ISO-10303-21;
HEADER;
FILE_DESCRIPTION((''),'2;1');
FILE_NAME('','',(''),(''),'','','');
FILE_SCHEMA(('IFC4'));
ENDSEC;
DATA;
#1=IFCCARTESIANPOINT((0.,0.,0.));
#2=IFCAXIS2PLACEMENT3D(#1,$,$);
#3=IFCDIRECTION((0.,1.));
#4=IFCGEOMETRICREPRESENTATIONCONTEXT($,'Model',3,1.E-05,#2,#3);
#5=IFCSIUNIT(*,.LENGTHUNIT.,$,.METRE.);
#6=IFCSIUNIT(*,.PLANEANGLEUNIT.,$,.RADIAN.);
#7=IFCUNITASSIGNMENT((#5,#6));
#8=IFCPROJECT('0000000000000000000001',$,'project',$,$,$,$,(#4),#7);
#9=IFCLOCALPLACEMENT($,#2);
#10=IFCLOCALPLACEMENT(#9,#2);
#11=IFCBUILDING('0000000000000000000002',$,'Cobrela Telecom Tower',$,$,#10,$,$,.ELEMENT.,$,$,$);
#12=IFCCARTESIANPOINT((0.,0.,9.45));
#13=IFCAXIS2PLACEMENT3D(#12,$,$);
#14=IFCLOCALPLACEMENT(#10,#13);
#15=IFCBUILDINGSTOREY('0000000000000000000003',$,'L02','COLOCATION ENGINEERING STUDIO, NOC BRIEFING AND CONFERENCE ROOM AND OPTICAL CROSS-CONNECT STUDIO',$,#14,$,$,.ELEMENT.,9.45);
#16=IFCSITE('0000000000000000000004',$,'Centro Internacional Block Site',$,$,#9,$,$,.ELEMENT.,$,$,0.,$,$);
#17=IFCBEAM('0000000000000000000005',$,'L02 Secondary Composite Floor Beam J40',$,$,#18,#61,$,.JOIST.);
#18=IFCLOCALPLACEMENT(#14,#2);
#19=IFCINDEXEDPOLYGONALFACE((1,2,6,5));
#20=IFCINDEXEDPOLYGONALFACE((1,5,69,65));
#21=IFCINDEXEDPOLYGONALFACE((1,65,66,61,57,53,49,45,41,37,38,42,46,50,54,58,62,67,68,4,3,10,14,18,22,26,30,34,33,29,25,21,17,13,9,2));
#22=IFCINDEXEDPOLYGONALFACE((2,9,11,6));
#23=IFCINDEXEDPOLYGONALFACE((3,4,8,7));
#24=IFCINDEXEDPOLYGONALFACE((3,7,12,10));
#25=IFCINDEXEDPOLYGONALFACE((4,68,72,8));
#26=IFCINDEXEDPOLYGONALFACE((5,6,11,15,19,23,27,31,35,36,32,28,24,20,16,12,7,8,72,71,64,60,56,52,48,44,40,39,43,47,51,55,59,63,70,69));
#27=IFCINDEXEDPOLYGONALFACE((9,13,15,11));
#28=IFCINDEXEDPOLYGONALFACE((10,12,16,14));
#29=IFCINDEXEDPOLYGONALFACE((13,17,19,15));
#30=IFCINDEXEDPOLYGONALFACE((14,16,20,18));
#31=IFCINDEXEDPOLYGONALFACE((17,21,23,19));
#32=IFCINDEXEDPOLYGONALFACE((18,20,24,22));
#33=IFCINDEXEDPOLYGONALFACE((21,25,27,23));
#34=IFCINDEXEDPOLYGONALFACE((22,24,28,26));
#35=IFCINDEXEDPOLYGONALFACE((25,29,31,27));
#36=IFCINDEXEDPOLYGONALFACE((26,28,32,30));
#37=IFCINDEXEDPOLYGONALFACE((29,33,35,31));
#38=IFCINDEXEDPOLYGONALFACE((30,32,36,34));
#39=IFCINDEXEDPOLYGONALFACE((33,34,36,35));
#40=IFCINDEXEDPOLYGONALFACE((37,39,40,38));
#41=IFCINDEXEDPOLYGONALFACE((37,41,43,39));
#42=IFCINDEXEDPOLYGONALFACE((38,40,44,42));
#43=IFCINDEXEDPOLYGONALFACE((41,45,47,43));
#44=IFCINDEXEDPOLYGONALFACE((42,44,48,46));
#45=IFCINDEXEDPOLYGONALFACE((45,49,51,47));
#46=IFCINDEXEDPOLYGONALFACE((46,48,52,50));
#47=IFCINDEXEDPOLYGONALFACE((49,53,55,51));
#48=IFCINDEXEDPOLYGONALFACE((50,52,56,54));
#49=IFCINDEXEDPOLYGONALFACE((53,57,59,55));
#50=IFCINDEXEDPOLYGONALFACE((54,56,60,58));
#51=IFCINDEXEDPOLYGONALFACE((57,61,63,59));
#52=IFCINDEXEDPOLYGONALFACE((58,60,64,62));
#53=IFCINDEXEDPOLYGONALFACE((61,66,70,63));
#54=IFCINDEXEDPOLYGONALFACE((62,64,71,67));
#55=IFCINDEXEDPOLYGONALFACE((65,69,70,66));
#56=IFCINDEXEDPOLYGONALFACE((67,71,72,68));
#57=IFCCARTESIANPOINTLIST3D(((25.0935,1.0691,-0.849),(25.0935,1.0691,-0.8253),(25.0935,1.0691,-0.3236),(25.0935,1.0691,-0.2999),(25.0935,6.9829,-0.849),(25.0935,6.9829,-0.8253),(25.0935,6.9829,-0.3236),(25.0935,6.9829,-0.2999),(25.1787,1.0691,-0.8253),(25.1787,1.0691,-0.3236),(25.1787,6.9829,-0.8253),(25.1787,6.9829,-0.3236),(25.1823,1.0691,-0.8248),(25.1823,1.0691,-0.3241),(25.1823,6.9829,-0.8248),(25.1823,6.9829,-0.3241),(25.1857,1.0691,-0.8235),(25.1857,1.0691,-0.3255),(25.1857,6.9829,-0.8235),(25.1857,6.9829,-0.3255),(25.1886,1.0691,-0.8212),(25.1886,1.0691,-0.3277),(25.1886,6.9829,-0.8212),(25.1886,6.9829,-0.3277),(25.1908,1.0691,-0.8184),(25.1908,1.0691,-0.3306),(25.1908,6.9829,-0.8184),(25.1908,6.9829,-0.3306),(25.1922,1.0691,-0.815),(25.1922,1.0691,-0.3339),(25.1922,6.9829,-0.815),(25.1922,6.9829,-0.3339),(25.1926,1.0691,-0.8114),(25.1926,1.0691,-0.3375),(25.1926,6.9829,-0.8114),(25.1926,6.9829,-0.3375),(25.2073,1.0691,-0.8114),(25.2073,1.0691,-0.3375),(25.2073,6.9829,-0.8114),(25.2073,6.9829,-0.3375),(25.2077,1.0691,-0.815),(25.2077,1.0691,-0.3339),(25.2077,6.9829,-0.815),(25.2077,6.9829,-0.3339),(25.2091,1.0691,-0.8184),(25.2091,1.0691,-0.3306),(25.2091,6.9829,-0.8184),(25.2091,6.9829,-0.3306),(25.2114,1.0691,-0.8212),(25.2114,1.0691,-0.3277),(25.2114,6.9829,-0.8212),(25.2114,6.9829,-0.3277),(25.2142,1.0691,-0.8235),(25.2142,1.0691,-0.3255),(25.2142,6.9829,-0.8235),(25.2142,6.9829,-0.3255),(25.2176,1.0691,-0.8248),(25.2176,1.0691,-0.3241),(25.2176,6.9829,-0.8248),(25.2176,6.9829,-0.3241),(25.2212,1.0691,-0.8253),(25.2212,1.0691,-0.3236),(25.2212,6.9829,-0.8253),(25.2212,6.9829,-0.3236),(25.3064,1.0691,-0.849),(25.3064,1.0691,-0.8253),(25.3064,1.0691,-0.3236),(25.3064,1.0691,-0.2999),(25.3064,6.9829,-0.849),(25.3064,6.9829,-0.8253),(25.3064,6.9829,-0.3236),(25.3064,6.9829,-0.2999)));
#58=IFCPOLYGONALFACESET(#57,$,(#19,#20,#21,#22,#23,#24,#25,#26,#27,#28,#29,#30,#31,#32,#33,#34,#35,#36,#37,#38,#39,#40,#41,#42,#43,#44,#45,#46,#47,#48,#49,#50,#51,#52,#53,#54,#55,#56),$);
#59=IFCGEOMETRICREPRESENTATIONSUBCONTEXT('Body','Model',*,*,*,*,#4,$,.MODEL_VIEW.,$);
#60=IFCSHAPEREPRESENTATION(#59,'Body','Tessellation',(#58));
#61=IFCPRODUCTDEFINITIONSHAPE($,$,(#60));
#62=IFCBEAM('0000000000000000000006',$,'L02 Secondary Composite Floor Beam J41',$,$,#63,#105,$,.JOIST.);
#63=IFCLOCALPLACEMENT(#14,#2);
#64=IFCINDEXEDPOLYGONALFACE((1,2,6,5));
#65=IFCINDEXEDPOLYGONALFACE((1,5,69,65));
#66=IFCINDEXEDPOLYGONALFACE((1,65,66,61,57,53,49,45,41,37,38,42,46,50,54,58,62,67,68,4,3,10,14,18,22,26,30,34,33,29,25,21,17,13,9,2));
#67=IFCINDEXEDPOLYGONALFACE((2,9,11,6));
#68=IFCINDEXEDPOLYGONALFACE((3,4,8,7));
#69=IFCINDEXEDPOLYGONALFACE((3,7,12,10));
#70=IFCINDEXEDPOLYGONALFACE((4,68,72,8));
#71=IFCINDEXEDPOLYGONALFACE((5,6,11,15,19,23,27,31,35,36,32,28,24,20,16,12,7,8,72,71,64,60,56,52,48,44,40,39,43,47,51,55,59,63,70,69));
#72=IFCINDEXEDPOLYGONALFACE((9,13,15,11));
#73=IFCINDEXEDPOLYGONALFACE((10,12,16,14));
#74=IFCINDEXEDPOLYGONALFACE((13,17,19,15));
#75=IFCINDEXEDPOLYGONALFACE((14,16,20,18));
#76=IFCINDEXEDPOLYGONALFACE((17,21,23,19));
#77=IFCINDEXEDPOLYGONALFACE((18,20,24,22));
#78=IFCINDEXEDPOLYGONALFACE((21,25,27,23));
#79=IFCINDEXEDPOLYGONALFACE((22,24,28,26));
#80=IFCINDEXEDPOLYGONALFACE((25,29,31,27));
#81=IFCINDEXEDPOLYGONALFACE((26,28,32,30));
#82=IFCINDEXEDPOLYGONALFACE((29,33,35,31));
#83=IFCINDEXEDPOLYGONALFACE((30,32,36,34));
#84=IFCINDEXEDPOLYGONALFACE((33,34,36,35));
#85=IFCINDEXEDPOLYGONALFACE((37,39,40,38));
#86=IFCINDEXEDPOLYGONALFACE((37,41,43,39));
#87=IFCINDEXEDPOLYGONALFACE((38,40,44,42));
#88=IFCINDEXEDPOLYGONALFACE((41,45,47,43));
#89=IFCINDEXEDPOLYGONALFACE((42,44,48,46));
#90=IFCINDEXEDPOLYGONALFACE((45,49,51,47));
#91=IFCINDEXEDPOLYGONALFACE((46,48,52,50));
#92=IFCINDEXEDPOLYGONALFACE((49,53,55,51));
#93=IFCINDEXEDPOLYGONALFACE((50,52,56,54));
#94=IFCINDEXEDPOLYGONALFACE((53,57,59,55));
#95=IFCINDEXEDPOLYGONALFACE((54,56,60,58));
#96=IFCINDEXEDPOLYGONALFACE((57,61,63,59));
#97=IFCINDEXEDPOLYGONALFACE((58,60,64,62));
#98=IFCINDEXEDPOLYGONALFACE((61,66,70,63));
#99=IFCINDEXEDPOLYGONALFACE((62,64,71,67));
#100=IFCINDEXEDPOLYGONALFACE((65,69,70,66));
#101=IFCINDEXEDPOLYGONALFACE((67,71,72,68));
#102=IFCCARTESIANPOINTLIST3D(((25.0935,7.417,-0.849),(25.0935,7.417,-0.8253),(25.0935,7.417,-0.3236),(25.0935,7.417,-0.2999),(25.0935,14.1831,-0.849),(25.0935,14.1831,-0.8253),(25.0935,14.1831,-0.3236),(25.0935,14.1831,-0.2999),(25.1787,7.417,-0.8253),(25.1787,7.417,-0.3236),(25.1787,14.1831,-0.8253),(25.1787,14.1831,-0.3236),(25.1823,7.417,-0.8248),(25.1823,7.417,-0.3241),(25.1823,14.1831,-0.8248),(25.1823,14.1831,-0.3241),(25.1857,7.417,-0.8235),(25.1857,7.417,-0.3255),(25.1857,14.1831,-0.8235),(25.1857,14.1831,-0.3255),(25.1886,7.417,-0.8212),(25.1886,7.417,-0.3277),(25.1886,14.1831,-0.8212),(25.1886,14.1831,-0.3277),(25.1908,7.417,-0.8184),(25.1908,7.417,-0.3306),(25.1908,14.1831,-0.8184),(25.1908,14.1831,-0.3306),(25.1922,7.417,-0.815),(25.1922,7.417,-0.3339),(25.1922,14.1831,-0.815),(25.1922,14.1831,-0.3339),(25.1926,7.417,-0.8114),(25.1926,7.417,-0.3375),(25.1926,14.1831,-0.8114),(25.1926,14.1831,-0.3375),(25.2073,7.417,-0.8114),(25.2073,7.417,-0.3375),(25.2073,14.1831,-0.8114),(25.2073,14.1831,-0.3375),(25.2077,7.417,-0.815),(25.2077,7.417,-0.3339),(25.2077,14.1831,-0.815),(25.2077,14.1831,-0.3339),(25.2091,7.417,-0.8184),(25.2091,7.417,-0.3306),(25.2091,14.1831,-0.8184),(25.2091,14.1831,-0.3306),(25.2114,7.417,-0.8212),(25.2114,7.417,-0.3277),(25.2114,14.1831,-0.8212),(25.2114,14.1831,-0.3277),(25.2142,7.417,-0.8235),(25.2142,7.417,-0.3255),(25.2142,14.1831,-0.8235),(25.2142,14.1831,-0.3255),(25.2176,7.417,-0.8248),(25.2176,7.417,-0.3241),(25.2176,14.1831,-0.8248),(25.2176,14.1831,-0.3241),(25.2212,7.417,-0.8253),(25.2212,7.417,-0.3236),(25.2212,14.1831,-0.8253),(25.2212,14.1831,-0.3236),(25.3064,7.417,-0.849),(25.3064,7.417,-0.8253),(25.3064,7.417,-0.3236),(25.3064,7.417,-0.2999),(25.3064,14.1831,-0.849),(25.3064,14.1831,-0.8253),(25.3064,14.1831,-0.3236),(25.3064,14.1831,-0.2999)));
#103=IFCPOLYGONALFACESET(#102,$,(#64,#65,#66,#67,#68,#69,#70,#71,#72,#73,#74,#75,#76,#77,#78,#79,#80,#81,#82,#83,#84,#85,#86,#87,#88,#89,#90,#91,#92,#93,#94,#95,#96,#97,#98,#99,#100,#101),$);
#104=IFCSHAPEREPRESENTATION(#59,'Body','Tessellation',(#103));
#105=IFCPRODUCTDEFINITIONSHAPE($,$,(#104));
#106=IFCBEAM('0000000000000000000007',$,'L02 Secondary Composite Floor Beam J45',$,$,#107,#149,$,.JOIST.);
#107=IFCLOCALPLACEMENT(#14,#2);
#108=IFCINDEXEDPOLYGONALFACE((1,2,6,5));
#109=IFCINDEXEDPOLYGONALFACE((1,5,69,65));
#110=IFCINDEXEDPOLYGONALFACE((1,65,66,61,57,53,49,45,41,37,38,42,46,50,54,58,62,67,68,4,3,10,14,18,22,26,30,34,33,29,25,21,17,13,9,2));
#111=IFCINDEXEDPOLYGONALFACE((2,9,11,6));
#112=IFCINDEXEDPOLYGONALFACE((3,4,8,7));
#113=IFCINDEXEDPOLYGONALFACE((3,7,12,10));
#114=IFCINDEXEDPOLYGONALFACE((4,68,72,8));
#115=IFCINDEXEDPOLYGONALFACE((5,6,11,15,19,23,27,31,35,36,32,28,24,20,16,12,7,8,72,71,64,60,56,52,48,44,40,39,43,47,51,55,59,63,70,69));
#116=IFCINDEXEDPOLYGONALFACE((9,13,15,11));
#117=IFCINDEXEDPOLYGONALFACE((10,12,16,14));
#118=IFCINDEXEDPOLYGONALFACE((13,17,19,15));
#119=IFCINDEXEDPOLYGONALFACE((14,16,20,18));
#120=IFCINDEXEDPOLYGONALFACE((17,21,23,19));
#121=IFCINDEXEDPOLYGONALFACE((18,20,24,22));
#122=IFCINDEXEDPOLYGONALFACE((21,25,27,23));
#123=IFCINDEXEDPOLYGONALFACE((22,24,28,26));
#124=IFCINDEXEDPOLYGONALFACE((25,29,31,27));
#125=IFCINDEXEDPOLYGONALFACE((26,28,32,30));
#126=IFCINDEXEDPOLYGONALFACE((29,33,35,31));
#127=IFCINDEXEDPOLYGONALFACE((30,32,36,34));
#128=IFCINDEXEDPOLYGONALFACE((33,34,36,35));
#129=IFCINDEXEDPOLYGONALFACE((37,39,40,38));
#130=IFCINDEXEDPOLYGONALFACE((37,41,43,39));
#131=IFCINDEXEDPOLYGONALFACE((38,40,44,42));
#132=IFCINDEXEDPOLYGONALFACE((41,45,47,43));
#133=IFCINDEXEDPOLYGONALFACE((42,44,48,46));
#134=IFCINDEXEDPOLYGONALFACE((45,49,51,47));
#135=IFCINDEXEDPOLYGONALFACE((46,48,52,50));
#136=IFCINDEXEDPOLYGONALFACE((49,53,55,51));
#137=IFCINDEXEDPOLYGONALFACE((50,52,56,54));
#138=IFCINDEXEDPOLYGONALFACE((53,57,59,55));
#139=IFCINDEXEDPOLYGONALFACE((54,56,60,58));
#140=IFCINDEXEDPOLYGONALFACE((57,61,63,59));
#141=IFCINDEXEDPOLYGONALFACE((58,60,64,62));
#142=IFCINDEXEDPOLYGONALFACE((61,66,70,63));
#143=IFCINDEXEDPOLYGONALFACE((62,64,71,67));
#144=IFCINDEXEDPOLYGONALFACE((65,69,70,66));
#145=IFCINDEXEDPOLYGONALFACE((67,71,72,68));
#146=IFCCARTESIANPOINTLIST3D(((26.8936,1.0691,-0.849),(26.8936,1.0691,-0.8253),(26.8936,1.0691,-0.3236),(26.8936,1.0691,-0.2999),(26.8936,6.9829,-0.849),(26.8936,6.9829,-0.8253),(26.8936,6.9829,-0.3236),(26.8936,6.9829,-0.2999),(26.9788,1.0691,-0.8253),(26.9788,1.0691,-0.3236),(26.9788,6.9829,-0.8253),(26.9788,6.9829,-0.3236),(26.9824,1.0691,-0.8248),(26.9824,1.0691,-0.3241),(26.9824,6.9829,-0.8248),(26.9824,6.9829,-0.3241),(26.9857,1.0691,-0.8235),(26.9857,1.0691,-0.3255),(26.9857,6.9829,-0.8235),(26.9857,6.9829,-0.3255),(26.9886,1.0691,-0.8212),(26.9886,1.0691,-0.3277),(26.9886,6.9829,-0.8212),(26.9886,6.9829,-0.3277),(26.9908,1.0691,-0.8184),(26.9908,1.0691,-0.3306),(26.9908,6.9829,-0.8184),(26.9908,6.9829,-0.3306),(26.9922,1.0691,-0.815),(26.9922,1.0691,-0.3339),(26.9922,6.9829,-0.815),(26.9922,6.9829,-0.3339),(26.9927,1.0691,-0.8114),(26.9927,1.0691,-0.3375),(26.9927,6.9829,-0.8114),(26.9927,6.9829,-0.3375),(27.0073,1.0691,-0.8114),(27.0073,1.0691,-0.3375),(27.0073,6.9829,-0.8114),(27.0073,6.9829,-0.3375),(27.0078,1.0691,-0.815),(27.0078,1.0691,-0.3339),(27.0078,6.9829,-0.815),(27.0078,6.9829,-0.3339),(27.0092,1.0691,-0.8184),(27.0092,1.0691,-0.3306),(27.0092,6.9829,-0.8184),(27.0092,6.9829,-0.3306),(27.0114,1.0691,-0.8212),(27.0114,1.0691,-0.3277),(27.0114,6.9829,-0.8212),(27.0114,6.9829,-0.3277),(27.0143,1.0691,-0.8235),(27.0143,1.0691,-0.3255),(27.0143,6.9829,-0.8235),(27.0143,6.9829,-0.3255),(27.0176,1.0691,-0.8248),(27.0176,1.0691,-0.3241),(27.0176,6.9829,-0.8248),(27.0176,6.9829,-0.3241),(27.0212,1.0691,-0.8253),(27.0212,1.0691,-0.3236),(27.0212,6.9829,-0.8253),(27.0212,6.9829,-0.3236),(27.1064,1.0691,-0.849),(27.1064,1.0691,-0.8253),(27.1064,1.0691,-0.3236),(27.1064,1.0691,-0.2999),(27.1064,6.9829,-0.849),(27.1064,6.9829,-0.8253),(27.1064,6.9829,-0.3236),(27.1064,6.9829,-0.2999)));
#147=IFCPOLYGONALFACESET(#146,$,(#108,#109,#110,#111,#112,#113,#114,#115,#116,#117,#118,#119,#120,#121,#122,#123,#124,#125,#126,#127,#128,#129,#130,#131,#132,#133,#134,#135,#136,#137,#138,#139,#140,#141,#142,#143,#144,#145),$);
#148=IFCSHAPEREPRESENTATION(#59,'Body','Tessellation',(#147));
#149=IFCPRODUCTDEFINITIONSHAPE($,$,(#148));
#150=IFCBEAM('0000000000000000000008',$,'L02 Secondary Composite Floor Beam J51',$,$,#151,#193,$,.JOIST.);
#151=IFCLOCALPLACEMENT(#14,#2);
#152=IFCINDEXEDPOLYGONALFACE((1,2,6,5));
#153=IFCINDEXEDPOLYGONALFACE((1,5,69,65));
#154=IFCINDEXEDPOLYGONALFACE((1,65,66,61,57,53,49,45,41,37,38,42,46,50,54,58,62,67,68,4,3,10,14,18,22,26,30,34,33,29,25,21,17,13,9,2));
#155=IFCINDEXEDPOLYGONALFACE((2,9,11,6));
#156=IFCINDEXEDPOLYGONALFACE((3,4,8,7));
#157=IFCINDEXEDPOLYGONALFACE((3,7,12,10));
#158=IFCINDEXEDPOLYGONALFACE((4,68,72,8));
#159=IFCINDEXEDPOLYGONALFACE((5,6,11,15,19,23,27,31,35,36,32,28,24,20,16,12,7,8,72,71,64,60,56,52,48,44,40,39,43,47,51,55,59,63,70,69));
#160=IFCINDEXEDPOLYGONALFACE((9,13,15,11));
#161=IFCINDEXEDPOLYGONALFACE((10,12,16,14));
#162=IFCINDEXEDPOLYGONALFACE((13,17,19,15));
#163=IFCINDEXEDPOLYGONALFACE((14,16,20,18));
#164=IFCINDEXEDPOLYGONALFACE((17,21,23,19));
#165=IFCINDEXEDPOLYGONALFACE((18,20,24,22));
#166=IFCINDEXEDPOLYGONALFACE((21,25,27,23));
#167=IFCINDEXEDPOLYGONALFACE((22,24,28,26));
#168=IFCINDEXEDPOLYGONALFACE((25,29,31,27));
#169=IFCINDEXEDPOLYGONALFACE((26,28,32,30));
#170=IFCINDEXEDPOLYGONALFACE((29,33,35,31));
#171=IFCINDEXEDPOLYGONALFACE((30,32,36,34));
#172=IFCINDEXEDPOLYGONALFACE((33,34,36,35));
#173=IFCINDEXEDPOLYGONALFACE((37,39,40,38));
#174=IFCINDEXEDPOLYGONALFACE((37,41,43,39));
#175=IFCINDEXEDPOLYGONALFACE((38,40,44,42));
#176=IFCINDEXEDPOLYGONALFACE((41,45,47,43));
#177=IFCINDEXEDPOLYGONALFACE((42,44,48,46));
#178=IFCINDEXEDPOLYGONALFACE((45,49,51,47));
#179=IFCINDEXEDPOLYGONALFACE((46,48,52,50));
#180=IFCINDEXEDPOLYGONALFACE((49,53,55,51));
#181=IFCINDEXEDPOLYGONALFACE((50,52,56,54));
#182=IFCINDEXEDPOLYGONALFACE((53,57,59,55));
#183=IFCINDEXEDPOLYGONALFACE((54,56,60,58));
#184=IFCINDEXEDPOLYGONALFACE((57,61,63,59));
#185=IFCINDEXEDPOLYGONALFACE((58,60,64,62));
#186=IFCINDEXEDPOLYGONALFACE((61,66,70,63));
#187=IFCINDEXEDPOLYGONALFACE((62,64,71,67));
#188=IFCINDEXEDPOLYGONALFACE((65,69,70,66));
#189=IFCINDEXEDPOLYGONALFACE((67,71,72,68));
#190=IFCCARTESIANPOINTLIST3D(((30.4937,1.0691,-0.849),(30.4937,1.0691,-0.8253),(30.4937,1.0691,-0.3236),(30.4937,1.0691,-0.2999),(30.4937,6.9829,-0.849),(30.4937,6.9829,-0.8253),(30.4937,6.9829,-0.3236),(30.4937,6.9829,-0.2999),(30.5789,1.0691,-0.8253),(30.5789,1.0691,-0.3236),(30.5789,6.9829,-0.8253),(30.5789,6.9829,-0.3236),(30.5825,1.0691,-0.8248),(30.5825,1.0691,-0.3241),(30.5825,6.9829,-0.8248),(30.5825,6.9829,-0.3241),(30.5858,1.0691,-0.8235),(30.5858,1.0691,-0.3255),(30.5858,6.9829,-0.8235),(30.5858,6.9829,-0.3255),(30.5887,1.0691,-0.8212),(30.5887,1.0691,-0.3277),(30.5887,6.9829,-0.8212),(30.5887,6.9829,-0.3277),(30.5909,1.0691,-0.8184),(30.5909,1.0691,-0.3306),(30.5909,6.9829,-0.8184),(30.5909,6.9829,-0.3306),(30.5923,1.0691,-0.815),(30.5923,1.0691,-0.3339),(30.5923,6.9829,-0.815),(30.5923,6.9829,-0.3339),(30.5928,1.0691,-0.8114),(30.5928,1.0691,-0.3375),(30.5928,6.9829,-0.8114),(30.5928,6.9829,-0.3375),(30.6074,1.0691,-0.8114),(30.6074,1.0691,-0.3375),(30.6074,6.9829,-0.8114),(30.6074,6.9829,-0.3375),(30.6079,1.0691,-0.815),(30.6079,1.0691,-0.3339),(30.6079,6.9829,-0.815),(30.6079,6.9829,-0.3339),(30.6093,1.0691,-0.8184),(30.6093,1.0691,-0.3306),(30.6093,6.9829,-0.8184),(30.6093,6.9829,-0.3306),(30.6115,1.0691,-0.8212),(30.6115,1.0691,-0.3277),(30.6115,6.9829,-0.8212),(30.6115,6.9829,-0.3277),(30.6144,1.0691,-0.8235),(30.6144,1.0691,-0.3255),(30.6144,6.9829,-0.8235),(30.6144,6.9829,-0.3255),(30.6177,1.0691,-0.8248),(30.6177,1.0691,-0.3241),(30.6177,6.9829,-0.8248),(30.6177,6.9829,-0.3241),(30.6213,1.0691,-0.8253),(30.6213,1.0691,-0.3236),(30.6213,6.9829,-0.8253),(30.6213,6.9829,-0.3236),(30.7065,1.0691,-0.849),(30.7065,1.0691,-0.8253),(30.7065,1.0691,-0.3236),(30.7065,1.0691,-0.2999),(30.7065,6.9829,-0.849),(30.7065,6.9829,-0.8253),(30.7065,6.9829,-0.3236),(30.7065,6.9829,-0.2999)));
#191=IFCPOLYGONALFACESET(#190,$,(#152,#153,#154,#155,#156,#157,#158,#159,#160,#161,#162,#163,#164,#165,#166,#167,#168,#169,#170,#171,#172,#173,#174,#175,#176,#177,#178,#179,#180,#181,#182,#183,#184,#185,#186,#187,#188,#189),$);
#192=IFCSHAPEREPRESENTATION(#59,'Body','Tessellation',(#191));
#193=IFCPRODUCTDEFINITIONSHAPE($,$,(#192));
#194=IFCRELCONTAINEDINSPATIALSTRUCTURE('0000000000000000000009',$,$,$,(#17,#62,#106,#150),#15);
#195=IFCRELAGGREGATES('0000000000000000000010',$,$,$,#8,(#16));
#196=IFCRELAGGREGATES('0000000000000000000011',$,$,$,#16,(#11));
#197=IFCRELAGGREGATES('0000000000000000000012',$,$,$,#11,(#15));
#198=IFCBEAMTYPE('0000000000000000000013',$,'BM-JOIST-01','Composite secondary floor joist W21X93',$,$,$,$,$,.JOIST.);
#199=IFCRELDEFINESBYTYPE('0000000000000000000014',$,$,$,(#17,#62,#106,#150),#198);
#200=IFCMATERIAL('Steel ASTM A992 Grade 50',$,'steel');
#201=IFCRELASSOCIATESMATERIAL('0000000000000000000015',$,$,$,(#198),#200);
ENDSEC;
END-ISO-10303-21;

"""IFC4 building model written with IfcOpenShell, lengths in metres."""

from ifc_helpers import new_model, si_unit, direction, frame, origin, origin_2d, place, context, subcontext, project, spatial, i_section, extrude, material, material_profile, profile_set, type_object, element, save


model = new_model("IFC4")

# Units and contexts
model_context = context("Model", 3, precision=1e-05, world=origin(), true_north=direction((0.0, 1.0)))
body_context = subcontext(model_context, "Body", "Model", "MODEL_VIEW")
ifc_project = project(units=[si_unit("LENGTHUNIT", "METRE"), si_unit("PLANEANGLEUNIT", "RADIAN")], contexts=[model_context])

# Site, building, storey
site_placement = place(None, origin())
site = spatial("IfcSite", under=ifc_project, at=site_placement, Name="Centro Internacional Block Site", CompositionType="ELEMENT", RefElevation=0.0)
building_placement = place(site_placement, origin())
building = spatial("IfcBuilding", under=site, at=building_placement, Name="Cobrela Telecom Tower", CompositionType="ELEMENT")
storey_placement = place(building_placement, frame((0.0, 0.0, 9.45)))
storey = spatial("IfcBuildingStorey", under=building, at=storey_placement, Name="L02", Description="COLOCATION ENGINEERING STUDIO, NOC BRIEFING AND CONFERENCE ROOM AND OPTICAL CROSS-CONNECT STUDIO", CompositionType="ELEMENT", Elevation=9.45)

# Beams
ifc_material_1 = material(Name="Steel ASTM A992 Grade 50", Category="steel")
ifc_material_profile_1 = material_profile(ifc_material_1, i_section(OverallWidth=0.2129, OverallDepth=0.5491, WebThickness=0.0146, FlangeThickness=0.0237, FilletRadius=0.0139, at=origin_2d()), Name="W21X93")
ifc_profile_set_1 = profile_set([ifc_material_profile_1], Name="Steel ASTM A992 Grade 50")
beam_type_1 = type_object("IfcBeamType", Name="BM-JOIST-01", Description="Composite secondary floor joist W21X93", PredefinedType="JOIST", material=ifc_profile_set_1)
beam_1_placement = place(storey_placement, frame((25.2, 1.0691, -0.5745), z_axis=(0.0, 1.0, 0.0), x_axis=(-1.0, 0.0, 0.0)))
element("IfcBeam", 1, at=beam_1_placement, inside=storey, type_object=beam_type_1, Name="L02 Secondary Composite Floor Beam J40", PredefinedType="JOIST", context=body_context, shape_type="SweptSolid", body=[
    extrude(i_section(OverallWidth=0.2129, OverallDepth=0.5491, WebThickness=0.0146, FlangeThickness=0.0237, FilletRadius=0.0139, at=origin_2d()), origin(), (0.0, 0.0, 1.0), 5.9138),
])
beam_2_placement = place(storey_placement, frame((25.2, 7.417, -0.5745), z_axis=(0.0, 1.0, 0.0), x_axis=(-1.0, 0.0, 0.0)))
element("IfcBeam", 2, at=beam_2_placement, inside=storey, type_object=beam_type_1, Name="L02 Secondary Composite Floor Beam J41", PredefinedType="JOIST", context=body_context, shape_type="SweptSolid", body=[
    extrude(i_section(OverallWidth=0.2129, OverallDepth=0.5491, WebThickness=0.0146, FlangeThickness=0.0237, FilletRadius=0.0139, at=origin_2d()), origin(), (0.0, 0.0, 1.0), 6.7661),
])
for number, where, z_axis, x_axis, name in (
    (3, (27.0, 1.0691, -0.5745), (0.0, 1.0, 0.0), (-1.0, 0.0, 0.0), "L02 Secondary Composite Floor Beam J45"),
    (4, (30.6001, 1.0691, -0.5745), (0.0, 1.0, 0.0), (-1.0, 0.0, 0.0), "L02 Secondary Composite Floor Beam J51"),
):
    element("IfcBeam", number, at=place(storey_placement, frame(where, z_axis=z_axis, x_axis=x_axis)), inside=storey, type_object=beam_type_1, Name=name, PredefinedType="JOIST", context=body_context, shape_type="SweptSolid", body=[
        extrude(i_section(OverallWidth=0.2129, OverallDepth=0.5491, WebThickness=0.0146, FlangeThickness=0.0237, FilletRadius=0.0139, at=origin_2d()), origin(), (0.0, 0.0, 1.0), 5.9138),
    ])

save(model, "model.ifc")
